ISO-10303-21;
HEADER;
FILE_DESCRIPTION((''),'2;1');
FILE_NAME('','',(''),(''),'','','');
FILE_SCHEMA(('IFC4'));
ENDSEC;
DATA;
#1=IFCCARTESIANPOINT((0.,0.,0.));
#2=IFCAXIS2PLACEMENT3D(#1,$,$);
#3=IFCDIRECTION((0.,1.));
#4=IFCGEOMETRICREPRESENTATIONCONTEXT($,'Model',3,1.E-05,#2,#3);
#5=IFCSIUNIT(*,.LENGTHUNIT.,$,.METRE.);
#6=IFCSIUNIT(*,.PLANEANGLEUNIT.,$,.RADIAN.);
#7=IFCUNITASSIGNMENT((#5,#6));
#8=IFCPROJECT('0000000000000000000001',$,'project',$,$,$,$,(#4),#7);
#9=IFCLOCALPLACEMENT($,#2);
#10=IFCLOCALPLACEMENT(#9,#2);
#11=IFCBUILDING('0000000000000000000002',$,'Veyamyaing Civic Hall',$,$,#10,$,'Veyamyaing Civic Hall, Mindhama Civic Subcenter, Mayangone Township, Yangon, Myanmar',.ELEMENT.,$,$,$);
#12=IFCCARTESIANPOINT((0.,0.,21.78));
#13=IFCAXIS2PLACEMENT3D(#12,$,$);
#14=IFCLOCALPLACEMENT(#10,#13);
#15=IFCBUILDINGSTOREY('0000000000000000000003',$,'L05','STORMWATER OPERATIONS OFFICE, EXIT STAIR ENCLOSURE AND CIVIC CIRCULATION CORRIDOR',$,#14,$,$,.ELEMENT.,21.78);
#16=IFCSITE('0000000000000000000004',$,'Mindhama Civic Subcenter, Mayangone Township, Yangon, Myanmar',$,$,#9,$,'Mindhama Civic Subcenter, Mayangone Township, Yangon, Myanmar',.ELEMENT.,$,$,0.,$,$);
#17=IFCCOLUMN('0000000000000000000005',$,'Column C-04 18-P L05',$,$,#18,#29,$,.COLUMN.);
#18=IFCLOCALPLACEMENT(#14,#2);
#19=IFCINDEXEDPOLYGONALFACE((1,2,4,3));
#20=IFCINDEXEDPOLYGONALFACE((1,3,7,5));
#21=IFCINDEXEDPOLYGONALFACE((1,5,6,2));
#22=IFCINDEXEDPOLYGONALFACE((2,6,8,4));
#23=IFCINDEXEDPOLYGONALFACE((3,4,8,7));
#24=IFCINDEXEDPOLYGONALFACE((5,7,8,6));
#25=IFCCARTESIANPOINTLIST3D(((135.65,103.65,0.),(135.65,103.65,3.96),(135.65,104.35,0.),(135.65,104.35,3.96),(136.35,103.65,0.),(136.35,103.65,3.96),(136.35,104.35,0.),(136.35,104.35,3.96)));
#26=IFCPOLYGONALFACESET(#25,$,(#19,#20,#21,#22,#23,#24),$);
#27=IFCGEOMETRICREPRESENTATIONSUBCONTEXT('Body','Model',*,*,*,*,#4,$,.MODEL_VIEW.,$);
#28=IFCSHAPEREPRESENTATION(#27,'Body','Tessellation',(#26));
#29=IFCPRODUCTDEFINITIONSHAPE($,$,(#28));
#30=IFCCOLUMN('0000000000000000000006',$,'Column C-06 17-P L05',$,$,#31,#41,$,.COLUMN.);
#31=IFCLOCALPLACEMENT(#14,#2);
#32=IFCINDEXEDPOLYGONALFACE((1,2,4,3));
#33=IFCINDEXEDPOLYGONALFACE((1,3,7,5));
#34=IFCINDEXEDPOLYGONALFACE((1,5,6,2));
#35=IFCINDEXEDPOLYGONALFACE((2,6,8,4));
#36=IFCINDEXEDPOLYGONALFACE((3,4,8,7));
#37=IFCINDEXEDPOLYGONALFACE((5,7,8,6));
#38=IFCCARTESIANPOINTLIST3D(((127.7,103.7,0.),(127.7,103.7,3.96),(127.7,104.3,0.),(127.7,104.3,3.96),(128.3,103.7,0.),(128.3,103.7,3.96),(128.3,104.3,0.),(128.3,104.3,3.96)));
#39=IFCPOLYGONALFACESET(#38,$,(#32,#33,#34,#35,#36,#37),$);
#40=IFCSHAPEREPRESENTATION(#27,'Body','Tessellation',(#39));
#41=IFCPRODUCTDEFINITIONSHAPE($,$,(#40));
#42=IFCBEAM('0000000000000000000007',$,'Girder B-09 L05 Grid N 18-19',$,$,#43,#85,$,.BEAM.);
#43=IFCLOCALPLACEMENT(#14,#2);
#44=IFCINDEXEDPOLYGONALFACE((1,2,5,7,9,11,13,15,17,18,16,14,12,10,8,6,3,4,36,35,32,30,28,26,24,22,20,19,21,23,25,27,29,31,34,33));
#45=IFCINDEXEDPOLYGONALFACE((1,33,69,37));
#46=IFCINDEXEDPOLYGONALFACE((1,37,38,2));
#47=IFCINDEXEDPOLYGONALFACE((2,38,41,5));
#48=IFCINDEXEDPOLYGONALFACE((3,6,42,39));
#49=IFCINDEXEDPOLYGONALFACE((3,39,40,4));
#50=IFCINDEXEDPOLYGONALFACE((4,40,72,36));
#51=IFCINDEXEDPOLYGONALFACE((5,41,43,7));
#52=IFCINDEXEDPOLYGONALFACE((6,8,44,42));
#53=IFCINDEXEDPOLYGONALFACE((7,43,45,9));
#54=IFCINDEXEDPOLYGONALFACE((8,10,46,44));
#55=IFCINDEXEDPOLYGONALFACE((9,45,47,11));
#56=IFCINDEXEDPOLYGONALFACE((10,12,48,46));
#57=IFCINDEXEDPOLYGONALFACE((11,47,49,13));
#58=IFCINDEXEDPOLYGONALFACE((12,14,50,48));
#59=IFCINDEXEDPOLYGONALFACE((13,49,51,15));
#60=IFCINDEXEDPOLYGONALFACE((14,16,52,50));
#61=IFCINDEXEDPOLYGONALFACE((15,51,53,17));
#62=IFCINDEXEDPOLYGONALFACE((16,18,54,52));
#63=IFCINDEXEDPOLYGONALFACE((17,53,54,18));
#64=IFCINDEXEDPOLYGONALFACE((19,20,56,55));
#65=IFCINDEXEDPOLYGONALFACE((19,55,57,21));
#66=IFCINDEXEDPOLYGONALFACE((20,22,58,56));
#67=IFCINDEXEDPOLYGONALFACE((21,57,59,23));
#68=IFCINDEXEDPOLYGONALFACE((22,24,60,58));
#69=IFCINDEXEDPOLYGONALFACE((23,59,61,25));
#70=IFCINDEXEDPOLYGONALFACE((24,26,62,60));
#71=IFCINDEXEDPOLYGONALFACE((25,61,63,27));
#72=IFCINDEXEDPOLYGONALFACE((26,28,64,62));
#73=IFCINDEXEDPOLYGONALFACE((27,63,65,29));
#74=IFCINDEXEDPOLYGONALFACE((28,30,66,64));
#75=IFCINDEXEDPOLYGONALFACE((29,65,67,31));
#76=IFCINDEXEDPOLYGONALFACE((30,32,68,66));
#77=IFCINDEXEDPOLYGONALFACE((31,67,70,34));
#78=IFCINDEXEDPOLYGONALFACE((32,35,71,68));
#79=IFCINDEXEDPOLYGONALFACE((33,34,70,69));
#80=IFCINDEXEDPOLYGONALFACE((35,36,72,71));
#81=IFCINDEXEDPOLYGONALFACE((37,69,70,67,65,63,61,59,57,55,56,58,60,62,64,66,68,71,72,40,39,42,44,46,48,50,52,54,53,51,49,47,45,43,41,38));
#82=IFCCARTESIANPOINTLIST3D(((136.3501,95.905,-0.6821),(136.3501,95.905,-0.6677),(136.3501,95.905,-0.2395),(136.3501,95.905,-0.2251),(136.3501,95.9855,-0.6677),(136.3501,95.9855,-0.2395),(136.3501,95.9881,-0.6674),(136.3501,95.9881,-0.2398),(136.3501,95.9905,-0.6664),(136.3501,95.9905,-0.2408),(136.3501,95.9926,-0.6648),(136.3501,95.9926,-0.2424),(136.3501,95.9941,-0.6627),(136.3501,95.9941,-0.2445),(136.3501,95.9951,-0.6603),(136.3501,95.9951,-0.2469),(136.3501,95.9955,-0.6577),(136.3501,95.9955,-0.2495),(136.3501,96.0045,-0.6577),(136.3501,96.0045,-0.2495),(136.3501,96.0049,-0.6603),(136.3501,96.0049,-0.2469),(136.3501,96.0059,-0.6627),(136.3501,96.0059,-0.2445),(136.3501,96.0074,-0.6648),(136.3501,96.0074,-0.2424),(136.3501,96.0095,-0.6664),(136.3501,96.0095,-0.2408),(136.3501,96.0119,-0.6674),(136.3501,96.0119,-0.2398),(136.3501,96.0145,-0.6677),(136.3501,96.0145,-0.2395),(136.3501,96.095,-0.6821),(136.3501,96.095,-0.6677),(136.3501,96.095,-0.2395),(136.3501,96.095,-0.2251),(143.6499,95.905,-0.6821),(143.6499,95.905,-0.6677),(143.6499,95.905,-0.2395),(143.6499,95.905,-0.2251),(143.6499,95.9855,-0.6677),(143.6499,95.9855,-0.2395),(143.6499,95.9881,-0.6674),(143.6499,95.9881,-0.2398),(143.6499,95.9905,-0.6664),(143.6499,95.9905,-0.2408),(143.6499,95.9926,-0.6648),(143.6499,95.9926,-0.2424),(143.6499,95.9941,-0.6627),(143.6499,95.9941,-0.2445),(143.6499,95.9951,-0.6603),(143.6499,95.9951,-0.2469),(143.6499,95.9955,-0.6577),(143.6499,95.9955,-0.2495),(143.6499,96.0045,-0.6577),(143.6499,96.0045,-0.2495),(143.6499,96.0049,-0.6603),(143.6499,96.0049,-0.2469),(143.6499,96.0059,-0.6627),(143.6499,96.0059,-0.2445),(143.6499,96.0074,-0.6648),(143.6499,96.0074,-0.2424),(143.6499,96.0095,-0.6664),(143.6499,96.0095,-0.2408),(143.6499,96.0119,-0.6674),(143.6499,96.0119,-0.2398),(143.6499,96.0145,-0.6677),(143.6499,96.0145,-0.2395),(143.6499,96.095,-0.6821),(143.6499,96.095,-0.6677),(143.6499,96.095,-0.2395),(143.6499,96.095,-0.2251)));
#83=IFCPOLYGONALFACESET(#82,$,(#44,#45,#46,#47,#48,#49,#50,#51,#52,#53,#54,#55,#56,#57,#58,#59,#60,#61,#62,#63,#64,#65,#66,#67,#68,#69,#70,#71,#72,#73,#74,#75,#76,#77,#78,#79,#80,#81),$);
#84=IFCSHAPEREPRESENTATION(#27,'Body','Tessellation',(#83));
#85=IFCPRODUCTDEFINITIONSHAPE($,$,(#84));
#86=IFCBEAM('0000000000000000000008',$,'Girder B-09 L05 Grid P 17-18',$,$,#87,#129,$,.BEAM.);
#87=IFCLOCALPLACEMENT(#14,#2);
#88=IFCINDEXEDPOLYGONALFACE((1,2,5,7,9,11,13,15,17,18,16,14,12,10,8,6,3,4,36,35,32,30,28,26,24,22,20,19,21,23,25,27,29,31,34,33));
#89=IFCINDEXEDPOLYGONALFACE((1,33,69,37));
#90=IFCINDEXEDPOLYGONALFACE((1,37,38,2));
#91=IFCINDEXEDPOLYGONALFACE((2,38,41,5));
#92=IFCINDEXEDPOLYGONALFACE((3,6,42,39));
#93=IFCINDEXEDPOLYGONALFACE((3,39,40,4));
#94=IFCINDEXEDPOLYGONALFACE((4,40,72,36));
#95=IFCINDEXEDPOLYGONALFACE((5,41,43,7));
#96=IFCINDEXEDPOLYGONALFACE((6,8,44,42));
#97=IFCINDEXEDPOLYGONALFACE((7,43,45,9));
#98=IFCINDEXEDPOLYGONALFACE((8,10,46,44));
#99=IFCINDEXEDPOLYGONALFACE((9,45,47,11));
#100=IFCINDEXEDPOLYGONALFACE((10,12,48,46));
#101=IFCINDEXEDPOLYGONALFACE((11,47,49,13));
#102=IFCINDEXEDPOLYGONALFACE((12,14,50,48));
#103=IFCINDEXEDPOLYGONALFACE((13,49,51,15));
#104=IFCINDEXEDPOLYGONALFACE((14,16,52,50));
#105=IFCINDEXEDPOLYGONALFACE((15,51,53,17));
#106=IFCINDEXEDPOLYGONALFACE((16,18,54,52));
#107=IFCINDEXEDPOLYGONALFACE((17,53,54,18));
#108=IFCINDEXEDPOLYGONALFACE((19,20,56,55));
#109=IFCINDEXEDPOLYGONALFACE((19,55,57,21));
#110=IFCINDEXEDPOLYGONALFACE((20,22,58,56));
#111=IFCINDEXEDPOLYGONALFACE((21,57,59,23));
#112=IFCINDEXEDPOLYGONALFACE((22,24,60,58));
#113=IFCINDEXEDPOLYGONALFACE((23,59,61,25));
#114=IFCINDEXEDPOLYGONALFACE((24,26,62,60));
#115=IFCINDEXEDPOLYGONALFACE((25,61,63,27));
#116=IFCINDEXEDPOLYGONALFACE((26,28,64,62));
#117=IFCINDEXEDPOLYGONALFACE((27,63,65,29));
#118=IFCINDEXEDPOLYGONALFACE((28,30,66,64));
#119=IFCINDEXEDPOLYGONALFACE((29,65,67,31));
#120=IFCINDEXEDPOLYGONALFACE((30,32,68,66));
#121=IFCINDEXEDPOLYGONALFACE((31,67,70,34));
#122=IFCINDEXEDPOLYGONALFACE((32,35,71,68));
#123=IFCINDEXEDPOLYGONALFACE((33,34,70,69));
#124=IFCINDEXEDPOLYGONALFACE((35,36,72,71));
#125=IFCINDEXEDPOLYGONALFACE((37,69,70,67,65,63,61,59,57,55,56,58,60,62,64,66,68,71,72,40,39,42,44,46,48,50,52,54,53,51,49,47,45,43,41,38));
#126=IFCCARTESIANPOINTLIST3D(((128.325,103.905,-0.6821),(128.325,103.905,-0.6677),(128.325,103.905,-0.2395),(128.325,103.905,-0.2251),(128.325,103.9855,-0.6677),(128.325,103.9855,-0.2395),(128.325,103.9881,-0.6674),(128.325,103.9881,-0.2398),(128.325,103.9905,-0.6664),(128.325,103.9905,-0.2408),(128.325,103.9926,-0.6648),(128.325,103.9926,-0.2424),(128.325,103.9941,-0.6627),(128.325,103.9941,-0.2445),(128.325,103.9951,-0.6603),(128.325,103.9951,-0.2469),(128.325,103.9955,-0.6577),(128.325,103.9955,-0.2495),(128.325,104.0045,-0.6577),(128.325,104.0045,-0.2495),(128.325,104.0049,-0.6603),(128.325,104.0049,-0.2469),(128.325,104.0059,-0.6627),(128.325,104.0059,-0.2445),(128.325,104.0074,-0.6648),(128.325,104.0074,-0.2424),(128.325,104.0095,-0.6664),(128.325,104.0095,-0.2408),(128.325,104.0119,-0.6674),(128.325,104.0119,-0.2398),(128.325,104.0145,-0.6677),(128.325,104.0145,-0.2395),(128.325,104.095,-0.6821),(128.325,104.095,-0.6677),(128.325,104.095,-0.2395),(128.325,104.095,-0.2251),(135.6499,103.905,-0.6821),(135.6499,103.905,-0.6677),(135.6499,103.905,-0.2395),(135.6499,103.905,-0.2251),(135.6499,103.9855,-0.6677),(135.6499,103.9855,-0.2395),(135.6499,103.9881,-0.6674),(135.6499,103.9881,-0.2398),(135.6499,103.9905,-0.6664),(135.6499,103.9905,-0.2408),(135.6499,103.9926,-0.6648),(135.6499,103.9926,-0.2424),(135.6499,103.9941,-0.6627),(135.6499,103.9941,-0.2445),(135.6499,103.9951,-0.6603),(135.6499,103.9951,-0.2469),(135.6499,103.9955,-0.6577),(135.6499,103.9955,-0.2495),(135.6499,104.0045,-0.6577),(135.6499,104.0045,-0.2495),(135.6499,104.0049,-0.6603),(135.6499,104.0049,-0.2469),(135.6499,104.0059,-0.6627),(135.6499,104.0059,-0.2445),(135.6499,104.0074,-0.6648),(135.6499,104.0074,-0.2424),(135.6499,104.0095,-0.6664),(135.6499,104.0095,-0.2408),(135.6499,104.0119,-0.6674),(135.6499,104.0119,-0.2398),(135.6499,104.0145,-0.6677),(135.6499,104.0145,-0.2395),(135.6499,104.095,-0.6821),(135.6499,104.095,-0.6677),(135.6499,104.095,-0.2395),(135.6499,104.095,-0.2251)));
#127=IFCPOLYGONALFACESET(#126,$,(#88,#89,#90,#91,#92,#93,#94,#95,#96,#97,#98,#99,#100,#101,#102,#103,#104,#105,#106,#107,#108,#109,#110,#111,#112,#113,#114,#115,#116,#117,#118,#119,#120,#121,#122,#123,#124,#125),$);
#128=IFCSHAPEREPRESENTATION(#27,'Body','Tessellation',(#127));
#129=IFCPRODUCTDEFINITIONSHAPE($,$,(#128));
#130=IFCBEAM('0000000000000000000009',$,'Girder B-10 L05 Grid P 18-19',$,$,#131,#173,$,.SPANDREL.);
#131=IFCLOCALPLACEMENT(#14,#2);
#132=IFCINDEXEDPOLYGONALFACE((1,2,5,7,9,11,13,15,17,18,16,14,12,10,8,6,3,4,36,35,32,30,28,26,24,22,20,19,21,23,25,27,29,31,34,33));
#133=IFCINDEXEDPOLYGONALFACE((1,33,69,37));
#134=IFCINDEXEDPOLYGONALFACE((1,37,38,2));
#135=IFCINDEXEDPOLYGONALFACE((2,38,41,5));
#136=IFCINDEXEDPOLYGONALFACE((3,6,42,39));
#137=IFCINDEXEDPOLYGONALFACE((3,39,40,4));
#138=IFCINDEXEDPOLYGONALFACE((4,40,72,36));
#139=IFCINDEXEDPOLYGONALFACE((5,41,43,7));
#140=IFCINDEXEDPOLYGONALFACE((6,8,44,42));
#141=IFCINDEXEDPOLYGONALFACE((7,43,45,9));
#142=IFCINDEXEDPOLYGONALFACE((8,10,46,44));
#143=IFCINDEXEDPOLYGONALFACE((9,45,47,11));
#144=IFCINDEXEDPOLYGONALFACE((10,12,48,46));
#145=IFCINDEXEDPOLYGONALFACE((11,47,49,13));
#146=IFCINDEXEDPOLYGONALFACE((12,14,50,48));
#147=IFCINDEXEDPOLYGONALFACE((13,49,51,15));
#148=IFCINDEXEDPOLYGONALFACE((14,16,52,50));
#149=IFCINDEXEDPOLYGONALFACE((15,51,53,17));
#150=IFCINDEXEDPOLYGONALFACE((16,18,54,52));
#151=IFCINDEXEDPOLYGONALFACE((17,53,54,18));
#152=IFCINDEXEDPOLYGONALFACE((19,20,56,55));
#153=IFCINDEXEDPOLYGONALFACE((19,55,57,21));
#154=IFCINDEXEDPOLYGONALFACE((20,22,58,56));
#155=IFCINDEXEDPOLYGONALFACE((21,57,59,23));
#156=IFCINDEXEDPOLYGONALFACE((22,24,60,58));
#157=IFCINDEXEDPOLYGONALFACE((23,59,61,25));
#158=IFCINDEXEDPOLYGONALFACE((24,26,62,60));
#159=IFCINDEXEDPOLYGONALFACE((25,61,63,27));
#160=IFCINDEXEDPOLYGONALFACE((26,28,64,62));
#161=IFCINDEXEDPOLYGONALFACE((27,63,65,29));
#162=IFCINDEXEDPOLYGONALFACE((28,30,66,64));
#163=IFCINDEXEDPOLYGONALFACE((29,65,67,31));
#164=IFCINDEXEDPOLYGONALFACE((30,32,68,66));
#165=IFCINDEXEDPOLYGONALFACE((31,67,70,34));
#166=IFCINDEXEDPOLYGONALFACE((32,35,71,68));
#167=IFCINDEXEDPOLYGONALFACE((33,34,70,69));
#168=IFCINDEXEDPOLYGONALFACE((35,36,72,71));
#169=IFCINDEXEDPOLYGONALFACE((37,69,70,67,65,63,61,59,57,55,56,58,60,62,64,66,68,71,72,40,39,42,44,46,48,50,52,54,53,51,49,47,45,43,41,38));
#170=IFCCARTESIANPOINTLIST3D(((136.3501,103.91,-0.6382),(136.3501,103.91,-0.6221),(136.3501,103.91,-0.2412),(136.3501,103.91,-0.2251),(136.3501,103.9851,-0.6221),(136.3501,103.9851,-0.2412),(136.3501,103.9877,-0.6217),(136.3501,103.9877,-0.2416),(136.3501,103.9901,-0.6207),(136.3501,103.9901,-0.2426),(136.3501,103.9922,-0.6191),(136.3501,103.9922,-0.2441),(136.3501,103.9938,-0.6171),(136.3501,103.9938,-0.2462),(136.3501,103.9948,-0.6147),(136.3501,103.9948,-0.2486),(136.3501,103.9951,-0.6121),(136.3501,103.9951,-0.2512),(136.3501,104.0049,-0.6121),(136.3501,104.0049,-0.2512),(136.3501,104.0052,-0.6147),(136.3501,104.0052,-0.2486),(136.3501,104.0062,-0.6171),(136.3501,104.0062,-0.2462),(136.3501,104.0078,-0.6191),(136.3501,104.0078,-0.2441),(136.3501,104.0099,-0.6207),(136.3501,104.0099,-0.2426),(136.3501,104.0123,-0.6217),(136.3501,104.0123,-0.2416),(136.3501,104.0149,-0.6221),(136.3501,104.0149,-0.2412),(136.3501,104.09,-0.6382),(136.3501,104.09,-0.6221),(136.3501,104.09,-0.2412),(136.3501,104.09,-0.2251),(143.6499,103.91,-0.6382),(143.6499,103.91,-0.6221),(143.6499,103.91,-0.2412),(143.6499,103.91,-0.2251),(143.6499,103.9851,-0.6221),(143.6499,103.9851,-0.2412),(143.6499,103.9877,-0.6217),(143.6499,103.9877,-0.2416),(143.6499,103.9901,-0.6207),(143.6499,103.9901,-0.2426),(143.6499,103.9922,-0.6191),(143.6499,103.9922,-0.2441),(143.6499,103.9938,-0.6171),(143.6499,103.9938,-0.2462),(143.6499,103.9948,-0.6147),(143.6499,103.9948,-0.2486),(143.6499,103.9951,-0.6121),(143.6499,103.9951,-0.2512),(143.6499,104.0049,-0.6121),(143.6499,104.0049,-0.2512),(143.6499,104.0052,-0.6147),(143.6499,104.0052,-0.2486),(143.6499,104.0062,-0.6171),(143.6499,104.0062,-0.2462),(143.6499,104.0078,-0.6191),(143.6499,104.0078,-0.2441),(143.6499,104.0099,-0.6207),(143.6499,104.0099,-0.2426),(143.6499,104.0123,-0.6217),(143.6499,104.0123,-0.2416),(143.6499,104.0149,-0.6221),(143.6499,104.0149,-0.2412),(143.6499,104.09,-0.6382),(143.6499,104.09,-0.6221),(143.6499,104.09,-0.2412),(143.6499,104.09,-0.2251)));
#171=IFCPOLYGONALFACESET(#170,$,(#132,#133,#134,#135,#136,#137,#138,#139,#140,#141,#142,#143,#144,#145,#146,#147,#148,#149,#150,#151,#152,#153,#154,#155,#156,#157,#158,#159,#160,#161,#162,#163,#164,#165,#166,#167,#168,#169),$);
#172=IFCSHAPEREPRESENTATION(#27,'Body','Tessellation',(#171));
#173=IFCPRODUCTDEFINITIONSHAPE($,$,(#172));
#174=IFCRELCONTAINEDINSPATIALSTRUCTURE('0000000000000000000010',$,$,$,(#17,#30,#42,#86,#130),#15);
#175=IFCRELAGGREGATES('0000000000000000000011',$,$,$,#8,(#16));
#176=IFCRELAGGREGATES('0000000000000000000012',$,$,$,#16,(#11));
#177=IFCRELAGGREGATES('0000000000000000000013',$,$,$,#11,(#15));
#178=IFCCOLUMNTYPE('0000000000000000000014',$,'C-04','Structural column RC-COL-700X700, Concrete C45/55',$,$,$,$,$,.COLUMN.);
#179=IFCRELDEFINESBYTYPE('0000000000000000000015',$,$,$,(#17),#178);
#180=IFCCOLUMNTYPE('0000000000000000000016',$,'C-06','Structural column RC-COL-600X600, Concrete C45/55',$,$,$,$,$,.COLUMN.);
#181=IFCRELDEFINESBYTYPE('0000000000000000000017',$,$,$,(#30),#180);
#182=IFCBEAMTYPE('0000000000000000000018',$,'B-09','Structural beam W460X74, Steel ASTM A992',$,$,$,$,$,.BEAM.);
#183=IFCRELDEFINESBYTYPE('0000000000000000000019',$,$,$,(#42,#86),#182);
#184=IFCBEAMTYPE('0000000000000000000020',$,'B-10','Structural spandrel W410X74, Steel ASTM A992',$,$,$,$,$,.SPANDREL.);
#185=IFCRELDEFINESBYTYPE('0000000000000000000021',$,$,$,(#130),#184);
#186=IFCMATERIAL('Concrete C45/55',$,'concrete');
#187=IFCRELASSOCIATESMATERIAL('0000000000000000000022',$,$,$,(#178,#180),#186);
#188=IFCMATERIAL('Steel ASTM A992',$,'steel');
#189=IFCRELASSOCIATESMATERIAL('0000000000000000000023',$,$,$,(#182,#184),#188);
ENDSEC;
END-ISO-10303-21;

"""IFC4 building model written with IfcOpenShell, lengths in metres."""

from ifc_helpers import new_model, si_unit, direction, frame, origin, origin_2d, place, context, subcontext, project, spatial, rectangle, i_section, extrude, material, material_profile, profile_set, type_object, element, save


model = new_model("IFC4")

# Units and contexts
model_context = context("Model", 3, precision=1e-05, world=origin(), true_north=direction((0.0, 1.0)))
body_context = subcontext(model_context, "Body", "Model", "MODEL_VIEW")
ifc_project = project(units=[si_unit("LENGTHUNIT", "METRE"), si_unit("PLANEANGLEUNIT", "RADIAN")], contexts=[model_context])

# Site, building, storey
site_placement = place(None, origin())
site = spatial("IfcSite", under=ifc_project, at=site_placement, Name="Mindhama Civic Subcenter, Mayangone Township, Yangon, Myanmar", LongName="Mindhama Civic Subcenter, Mayangone Township, Yangon, Myanmar", CompositionType="ELEMENT", RefElevation=0.0)
building_placement = place(site_placement, origin())
building = spatial("IfcBuilding", under=site, at=building_placement, Name="Veyamyaing Civic Hall", LongName="Veyamyaing Civic Hall, Mindhama Civic Subcenter, Mayangone Township, Yangon, Myanmar", CompositionType="ELEMENT")
storey_placement = place(building_placement, frame((0.0, 0.0, 21.78)))
storey = spatial("IfcBuildingStorey", under=building, at=storey_placement, Name="L05", Description="STORMWATER OPERATIONS OFFICE, EXIT STAIR ENCLOSURE AND CIVIC CIRCULATION CORRIDOR", CompositionType="ELEMENT", Elevation=21.78)

# Columns
ifc_material_1 = material(Name="Concrete C45/55", Category="concrete")
ifc_material_profile_1 = material_profile(ifc_material_1, rectangle(XDim=0.7, YDim=0.7, at=origin_2d()), Name="RC-COL-700X700")
ifc_profile_set_1 = profile_set([ifc_material_profile_1], Name="Concrete C45/55")
column_type_1 = type_object("IfcColumnType", Name="C-04", Description="Structural column RC-COL-700X700, Concrete C45/55", PredefinedType="COLUMN", material=ifc_profile_set_1)
column_1_placement = place(storey_placement, frame((136.0, 104.0, 0.0), z_axis=(0.0, 0.0, 1.0), x_axis=(1.0, 0.0, 0.0)))
element("IfcColumn", 1, at=column_1_placement, inside=storey, type_object=column_type_1, Name="Column C-04 18-P L05", PredefinedType="COLUMN", context=body_context, shape_type="SweptSolid", body=[
    extrude(rectangle(XDim=0.7, YDim=0.7, at=origin_2d()), origin(), (0.0, 0.0, 1.0), 3.96),
])
ifc_material_profile_2 = material_profile(ifc_material_1, rectangle(XDim=0.6001, YDim=0.6001, at=origin_2d()), Name="RC-COL-600X600")
ifc_profile_set_2 = profile_set([ifc_material_profile_2], Name="Concrete C45/55")
column_type_2 = type_object("IfcColumnType", Name="C-06", Description="Structural column RC-COL-600X600, Concrete C45/55", PredefinedType="COLUMN", material=ifc_profile_set_2)
column_2_placement = place(storey_placement, frame((128.0, 104.0, 0.0), z_axis=(0.0, 0.0, 1.0), x_axis=(1.0, 0.0, 0.0)))
element("IfcColumn", 2, at=column_2_placement, inside=storey, type_object=column_type_2, Name="Column C-06 17-P L05", PredefinedType="COLUMN", context=body_context, shape_type="SweptSolid", body=[
    extrude(rectangle(XDim=0.6001, YDim=0.6001, at=origin_2d()), origin(), (0.0, 0.0, 1.0), 3.96),
])

# Beams
ifc_material_2 = material(Name="Steel ASTM A992", Category="steel")
ifc_material_profile_3 = material_profile(ifc_material_2, i_section(OverallWidth=0.1899, OverallDepth=0.457, WebThickness=0.009, FlangeThickness=0.0144, FilletRadius=0.01, at=origin_2d()), Name="W460X74")
ifc_profile_set_3 = profile_set([ifc_material_profile_3], Name="Steel ASTM A992")
beam_type_1 = type_object("IfcBeamType", Name="B-09", Description="Structural beam W460X74, Steel ASTM A992", PredefinedType="BEAM", material=ifc_profile_set_3)
beam_1_placement = place(storey_placement, frame((136.3501, 96.0, -0.4536), z_axis=(1.0, 0.0, 0.0), x_axis=(0.0, 1.0, 0.0)))
element("IfcBeam", 3, at=beam_1_placement, inside=storey, type_object=beam_type_1, Name="Girder B-09 L05 Grid N 18-19", PredefinedType="BEAM", context=body_context, shape_type="SweptSolid", body=[
    extrude(i_section(OverallWidth=0.1899, OverallDepth=0.457, WebThickness=0.009, FlangeThickness=0.0144, FilletRadius=0.01, at=origin_2d()), origin(), (0.0, 0.0, 1.0), 7.2998),
])
beam_2_placement = place(storey_placement, frame((128.325, 104.0, -0.4536), z_axis=(1.0, 0.0, 0.0), x_axis=(0.0, 1.0, 0.0)))
element("IfcBeam", 4, at=beam_2_placement, inside=storey, type_object=beam_type_1, Name="Girder B-09 L05 Grid P 17-18", PredefinedType="BEAM", context=body_context, shape_type="SweptSolid", body=[
    extrude(i_section(OverallWidth=0.1899, OverallDepth=0.457, WebThickness=0.009, FlangeThickness=0.0144, FilletRadius=0.01, at=origin_2d()), origin(), (0.0, 0.0, 1.0), 7.325),
])
ifc_material_profile_4 = material_profile(ifc_material_2, i_section(OverallWidth=0.1799, OverallDepth=0.4131, WebThickness=0.0098, FlangeThickness=0.0161, FilletRadius=0.01, at=origin_2d()), Name="W410X74")
ifc_profile_set_4 = profile_set([ifc_material_profile_4], Name="Steel ASTM A992")
beam_type_2 = type_object("IfcBeamType", Name="B-10", Description="Structural spandrel W410X74, Steel ASTM A992", PredefinedType="SPANDREL", material=ifc_profile_set_4)
beam_3_placement = place(storey_placement, frame((136.3501, 104.0, -0.4316), z_axis=(1.0, 0.0, 0.0), x_axis=(0.0, 1.0, 0.0)))
element("IfcBeam", 5, at=beam_3_placement, inside=storey, type_object=beam_type_2, Name="Girder B-10 L05 Grid P 18-19", PredefinedType="SPANDREL", context=body_context, shape_type="SweptSolid", body=[
    extrude(i_section(OverallWidth=0.1799, OverallDepth=0.4131, WebThickness=0.0098, FlangeThickness=0.0161, FilletRadius=0.01, at=origin_2d()), origin(), (0.0, 0.0, 1.0), 7.2998),
])

save(model, "model.ifc")
